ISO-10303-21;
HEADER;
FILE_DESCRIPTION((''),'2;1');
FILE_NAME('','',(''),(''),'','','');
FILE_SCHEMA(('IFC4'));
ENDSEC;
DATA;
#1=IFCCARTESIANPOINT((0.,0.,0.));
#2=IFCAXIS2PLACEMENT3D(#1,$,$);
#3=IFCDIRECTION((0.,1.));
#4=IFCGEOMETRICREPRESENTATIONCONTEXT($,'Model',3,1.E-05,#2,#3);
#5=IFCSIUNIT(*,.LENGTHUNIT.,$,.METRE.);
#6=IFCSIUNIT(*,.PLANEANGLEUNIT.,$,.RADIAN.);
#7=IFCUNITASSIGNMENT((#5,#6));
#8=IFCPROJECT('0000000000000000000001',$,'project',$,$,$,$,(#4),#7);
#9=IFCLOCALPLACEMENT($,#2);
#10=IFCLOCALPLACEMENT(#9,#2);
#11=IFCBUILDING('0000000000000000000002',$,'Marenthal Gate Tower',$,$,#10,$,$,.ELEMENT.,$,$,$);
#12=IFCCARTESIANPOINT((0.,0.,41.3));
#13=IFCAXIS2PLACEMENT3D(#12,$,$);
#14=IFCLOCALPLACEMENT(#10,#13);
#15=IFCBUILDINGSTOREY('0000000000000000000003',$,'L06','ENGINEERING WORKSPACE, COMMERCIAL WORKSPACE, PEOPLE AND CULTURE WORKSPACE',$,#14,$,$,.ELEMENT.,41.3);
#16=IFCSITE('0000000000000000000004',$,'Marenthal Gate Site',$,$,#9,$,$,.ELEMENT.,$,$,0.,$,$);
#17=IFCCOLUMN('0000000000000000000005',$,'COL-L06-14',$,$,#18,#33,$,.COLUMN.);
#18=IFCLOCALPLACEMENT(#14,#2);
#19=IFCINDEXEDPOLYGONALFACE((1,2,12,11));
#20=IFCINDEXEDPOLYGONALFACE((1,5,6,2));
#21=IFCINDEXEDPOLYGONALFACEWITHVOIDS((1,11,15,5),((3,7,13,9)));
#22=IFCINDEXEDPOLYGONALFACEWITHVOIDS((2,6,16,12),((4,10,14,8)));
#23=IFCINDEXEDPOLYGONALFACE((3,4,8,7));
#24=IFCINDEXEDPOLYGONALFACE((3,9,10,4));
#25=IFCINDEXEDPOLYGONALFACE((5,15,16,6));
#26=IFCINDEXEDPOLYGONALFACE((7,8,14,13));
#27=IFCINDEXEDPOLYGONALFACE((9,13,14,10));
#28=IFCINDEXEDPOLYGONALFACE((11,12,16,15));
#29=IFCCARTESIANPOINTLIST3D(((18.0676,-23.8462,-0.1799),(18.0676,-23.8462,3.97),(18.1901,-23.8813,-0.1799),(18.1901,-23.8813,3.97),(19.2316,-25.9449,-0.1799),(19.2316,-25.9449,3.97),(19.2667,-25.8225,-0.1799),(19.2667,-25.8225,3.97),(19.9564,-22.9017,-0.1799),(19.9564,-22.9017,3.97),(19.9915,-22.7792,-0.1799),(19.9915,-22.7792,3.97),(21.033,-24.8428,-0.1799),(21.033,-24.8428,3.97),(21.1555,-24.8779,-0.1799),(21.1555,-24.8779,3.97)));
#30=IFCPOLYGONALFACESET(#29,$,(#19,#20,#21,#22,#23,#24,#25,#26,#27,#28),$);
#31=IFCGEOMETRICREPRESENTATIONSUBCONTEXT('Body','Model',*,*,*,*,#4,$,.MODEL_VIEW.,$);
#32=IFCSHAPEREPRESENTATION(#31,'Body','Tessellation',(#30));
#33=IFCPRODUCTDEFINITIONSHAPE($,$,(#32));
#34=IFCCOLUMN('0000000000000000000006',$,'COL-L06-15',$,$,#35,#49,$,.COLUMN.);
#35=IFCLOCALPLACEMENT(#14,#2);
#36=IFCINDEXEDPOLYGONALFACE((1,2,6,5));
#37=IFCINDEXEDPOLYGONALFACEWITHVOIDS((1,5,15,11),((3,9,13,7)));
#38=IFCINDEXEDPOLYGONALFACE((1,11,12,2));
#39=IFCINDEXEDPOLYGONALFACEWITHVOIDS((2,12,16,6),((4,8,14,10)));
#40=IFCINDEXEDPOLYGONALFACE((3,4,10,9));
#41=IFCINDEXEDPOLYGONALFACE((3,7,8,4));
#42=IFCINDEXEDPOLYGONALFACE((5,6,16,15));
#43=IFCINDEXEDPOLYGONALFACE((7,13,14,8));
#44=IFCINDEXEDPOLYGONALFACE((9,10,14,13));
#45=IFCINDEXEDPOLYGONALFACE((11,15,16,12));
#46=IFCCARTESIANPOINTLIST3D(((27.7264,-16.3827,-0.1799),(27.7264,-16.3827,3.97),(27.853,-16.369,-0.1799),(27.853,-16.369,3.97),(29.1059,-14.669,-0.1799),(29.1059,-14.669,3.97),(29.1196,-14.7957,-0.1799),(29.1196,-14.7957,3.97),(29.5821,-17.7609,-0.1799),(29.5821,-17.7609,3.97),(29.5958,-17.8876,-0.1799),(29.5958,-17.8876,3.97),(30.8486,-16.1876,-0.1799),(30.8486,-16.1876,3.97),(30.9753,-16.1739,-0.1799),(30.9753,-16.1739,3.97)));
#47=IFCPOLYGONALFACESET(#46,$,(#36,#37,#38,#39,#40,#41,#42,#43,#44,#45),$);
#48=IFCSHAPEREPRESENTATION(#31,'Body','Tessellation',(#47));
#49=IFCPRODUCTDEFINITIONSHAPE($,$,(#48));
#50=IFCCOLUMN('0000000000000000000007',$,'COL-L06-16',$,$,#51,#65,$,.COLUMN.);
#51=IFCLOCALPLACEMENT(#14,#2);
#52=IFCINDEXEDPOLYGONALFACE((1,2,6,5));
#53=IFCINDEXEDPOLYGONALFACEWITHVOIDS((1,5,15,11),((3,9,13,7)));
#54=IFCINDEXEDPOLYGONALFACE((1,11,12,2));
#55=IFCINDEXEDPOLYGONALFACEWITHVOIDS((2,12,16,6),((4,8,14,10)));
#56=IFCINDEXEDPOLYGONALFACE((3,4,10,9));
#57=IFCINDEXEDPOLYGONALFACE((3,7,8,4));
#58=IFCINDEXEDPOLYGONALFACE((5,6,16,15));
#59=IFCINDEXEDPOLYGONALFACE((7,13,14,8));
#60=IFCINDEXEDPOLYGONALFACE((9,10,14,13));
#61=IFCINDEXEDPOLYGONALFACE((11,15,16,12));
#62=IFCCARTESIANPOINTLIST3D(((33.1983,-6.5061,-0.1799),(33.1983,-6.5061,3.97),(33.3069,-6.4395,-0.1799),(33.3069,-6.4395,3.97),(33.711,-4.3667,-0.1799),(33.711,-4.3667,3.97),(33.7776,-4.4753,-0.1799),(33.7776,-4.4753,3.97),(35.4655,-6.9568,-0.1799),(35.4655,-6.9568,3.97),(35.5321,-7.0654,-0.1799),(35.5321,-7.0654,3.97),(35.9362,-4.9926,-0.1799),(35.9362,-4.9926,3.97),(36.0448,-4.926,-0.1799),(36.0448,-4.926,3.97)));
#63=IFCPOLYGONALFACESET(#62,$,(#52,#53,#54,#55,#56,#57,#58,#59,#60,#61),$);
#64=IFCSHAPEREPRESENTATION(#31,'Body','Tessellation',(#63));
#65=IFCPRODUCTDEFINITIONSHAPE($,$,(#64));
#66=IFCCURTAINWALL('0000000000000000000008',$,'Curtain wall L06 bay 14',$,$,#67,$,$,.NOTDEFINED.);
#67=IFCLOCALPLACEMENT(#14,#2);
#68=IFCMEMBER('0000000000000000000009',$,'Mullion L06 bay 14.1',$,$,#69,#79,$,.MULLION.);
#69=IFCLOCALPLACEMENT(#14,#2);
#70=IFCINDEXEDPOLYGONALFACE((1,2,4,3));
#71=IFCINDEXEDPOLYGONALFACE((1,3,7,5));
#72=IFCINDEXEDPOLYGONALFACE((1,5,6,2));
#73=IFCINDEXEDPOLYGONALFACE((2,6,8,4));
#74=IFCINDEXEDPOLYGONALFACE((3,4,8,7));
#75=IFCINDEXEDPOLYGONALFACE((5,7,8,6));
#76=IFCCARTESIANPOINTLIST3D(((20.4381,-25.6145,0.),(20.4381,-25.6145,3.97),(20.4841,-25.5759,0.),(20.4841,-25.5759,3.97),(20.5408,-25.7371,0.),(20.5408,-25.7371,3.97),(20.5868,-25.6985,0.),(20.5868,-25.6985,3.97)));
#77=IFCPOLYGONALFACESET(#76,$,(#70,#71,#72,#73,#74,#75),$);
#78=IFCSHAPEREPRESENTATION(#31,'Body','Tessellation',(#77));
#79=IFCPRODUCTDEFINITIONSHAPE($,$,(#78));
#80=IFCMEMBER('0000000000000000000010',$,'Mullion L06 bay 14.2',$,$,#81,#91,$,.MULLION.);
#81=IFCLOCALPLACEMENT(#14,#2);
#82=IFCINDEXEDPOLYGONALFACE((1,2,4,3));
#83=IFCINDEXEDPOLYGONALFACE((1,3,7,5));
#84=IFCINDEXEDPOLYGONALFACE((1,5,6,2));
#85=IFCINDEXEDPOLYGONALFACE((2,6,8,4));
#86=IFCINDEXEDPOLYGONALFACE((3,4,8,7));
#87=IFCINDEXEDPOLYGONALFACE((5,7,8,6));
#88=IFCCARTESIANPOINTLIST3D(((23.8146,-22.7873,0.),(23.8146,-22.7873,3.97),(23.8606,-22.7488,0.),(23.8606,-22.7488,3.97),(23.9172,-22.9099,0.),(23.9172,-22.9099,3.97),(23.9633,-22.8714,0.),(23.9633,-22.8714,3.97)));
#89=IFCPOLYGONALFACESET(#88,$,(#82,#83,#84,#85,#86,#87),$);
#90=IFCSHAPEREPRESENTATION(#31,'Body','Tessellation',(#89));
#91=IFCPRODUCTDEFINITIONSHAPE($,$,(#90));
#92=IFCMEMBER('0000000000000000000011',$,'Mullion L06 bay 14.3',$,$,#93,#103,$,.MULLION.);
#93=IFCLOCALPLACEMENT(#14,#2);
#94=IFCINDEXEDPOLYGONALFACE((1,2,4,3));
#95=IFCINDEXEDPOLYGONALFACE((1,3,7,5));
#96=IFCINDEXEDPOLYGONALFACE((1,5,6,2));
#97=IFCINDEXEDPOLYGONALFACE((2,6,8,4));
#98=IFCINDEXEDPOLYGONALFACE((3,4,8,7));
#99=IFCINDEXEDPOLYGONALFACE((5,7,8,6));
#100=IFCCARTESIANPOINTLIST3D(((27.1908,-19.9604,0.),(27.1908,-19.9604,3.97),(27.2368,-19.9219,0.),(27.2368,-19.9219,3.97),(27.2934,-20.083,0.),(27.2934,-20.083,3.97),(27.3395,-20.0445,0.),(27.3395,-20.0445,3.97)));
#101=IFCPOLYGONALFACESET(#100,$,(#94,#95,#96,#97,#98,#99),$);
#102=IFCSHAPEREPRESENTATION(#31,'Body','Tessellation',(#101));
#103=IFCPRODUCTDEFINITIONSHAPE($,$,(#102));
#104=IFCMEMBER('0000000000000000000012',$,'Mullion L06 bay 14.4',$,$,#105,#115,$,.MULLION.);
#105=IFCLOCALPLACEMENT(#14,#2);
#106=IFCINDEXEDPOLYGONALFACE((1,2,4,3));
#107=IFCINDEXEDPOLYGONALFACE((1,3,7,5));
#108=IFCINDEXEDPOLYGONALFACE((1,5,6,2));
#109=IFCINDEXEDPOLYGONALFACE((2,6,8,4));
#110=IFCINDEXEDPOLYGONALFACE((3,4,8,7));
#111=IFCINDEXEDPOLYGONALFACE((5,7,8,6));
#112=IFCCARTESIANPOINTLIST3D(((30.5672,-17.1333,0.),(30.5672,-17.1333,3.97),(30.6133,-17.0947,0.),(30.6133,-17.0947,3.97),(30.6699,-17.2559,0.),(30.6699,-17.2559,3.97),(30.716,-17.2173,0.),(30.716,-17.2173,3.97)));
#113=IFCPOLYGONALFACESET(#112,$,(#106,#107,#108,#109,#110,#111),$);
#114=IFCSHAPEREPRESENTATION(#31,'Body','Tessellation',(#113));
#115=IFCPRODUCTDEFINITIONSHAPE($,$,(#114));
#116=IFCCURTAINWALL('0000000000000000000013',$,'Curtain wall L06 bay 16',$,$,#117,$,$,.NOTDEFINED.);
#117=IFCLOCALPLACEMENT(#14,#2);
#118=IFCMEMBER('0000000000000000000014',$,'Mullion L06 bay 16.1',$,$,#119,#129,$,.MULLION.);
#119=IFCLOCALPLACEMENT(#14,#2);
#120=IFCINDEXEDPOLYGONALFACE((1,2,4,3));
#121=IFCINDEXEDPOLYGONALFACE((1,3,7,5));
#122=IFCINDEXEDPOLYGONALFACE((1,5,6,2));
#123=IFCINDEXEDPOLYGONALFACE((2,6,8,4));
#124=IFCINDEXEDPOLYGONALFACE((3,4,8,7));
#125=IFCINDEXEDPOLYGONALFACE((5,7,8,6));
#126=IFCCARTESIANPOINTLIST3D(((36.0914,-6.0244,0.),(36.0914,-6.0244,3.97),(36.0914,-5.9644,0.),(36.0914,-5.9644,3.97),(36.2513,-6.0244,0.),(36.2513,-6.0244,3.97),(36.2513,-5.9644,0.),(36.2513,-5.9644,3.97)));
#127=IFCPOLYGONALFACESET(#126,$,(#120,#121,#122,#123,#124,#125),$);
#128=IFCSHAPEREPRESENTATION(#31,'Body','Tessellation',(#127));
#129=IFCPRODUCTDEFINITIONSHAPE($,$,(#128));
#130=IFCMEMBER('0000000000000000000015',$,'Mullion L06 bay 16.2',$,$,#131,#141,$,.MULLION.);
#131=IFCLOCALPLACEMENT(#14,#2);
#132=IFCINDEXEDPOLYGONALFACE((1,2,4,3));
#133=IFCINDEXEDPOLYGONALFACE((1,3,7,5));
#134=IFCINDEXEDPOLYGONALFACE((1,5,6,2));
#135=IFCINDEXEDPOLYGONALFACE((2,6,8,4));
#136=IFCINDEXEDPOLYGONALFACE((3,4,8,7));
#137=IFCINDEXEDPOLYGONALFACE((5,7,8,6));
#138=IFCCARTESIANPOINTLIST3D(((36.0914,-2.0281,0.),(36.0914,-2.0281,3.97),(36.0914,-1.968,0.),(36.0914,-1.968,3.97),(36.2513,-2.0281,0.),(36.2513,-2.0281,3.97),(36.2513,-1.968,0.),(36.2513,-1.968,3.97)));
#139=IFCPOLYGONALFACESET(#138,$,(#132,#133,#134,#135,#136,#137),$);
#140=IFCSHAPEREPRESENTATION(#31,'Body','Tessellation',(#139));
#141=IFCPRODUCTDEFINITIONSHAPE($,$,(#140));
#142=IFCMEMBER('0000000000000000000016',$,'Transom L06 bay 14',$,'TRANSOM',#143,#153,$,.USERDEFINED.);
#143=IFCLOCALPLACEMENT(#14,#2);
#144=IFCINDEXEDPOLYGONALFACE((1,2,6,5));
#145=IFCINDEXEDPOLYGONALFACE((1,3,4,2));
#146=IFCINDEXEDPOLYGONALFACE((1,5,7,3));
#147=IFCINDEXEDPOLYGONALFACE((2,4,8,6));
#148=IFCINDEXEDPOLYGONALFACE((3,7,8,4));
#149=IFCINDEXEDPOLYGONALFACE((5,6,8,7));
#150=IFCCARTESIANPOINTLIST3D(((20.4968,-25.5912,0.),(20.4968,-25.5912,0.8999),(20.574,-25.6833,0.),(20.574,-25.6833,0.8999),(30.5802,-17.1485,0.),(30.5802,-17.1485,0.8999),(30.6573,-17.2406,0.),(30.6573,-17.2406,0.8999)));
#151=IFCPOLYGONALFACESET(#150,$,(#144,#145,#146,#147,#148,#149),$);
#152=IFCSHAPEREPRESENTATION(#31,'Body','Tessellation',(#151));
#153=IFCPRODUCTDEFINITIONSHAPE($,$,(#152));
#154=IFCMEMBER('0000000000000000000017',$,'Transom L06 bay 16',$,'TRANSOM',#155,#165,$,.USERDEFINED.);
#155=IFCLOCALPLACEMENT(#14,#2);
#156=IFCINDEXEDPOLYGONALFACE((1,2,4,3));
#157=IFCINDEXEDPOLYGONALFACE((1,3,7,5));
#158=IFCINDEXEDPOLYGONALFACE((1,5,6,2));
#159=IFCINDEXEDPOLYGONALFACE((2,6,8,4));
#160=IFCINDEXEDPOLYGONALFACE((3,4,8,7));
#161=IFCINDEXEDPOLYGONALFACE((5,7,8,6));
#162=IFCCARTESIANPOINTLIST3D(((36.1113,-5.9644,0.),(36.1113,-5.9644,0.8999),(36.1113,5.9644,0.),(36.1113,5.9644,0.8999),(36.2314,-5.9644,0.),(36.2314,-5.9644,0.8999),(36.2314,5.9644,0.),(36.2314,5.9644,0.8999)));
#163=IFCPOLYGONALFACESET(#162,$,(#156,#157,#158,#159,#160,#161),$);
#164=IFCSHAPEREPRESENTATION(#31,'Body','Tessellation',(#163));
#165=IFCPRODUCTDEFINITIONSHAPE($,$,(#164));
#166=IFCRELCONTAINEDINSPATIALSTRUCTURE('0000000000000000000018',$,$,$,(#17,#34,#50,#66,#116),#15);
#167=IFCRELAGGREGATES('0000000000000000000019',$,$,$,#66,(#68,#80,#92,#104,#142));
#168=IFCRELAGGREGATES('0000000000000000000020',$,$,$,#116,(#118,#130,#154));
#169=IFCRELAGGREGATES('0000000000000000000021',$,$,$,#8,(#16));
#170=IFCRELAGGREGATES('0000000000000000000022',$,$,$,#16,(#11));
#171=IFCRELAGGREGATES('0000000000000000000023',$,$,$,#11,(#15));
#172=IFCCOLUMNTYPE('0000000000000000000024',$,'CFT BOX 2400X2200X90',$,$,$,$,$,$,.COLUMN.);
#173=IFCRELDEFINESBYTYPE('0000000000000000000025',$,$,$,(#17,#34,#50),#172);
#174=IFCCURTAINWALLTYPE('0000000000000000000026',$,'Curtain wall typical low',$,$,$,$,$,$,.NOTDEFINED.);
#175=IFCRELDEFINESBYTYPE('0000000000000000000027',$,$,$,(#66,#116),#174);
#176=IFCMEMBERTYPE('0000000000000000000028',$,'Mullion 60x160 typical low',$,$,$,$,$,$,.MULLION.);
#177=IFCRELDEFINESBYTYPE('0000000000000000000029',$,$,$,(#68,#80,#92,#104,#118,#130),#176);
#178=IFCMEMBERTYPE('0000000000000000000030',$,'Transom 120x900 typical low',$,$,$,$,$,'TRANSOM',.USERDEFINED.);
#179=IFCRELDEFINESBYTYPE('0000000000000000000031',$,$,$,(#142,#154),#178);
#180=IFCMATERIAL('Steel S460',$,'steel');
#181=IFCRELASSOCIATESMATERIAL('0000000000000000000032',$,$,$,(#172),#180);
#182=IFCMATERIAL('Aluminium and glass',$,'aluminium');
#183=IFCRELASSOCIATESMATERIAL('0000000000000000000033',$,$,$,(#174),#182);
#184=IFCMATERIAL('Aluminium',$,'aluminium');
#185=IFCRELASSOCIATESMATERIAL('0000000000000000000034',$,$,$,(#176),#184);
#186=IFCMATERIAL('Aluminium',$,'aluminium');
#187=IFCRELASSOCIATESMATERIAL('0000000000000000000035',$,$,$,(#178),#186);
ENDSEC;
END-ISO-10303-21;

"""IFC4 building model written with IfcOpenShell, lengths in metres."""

from ifc_helpers import new_model, si_unit, direction, frame, origin, origin_2d, place, context, subcontext, project, spatial, rectangle, hollow_rectangle, extrude, material, material_profile, profile_set, type_object, element, aggregate, save


model = new_model("IFC4")

# Units and contexts
model_context = context("Model", 3, precision=1e-05, world=origin(), true_north=direction((0.0, 1.0)))
body_context = subcontext(model_context, "Body", "Model", "MODEL_VIEW")
ifc_project = project(units=[si_unit("LENGTHUNIT", "METRE"), si_unit("PLANEANGLEUNIT", "RADIAN")], contexts=[model_context])

# Site, building, storey
site_placement = place(None, origin())
site = spatial("IfcSite", under=ifc_project, at=site_placement, Name="Marenthal Gate Site", CompositionType="ELEMENT", RefElevation=0.0)
building_placement = place(site_placement, origin())
building = spatial("IfcBuilding", under=site, at=building_placement, Name="Marenthal Gate Tower", CompositionType="ELEMENT")
storey_placement = place(building_placement, frame((0.0, 0.0, 41.3)))
storey = spatial("IfcBuildingStorey", under=building, at=storey_placement, Name="L06", Description="ENGINEERING WORKSPACE, COMMERCIAL WORKSPACE, PEOPLE AND CULTURE WORKSPACE", CompositionType="ELEMENT", Elevation=41.3)

# Columns
ifc_material_1 = material(Name="Steel S460", Category="steel")
ifc_material_profile_1 = material_profile(ifc_material_1, hollow_rectangle(XDim=2.2, YDim=2.3999, WallThickness=0.0901, at=origin_2d()), Name="CFT BOX 2400X2200X90")
ifc_material_2 = material(Name="Concrete 70 MPa", Category="concrete")
ifc_material_profile_2 = material_profile(ifc_material_2, rectangle(XDim=2.02, YDim=2.22, at=origin_2d()), Name="CFT BOX 2400X2200X90 INFILL")
ifc_profile_set_1 = profile_set([ifc_material_profile_1, ifc_material_profile_2], Name="Steel S460 shell, Concrete 70 MPa infill")
column_type = type_object("IfcColumnType", Name="CFT BOX 2400X2200X90", PredefinedType="COLUMN", material=ifc_profile_set_1)
for number, where, z_axis, x_axis, name in (
    (1, (19.6116, -24.3621, -0.1799), (0.0, 0.0, 1.0), (-0.874509, -0.48501, 0.0), "COL-L06-14"),
    (2, (29.3508, -16.2783, -0.1799), (0.0, 0.0, 1.0), (-0.62707, -0.778963, 0.0), "COL-L06-15"),
    (3, (34.6216, -5.7161, -0.1799), (0.0, 0.0, 1.0), (-0.233047, -0.972466, 0.0), "COL-L06-16"),
):
    element("IfcColumn", number, at=place(storey_placement, frame(where, z_axis=z_axis, x_axis=x_axis)), inside=storey, type_object=column_type, Name=name, PredefinedType="COLUMN", context=body_context, shape_type="SweptSolid", body=[
        extrude(hollow_rectangle(XDim=2.2, YDim=2.3999, WallThickness=0.0901, at=origin_2d()), origin(), (0.0, 0.0, 1.0), 4.1499),
    ])

# Curtain walls, members
ifc_material_3 = material(Name="Aluminium and glass", Category="aluminium")
curtain_wall_type = type_object("IfcCurtainWallType", Name="Curtain wall typical low", PredefinedType="NOTDEFINED", material=ifc_material_3)
curtain_wall_1_placement = place(storey_placement, origin())
curtain_wall_1 = element("IfcCurtainWall", 4, at=curtain_wall_1_placement, inside=storey, type_object=curtain_wall_type, Name="Curtain wall L06 bay 14", PredefinedType="NOTDEFINED")
ifc_material_4 = material(Name="Aluminium", Category="aluminium")
ifc_material_profile_3 = material_profile(ifc_material_4, rectangle(XDim=0.1599, YDim=0.0601, at=origin_2d()), Name="60x160 aluminium mullion")
ifc_profile_set_2 = profile_set([ifc_material_profile_3], Name="Aluminium")
member_type_1 = type_object("IfcMemberType", Name="Mullion 60x160 typical low", PredefinedType="MULLION", material=ifc_profile_set_2)
member_1_placement = place(storey_placement, frame((20.5125, -25.6565, 0.0), z_axis=(0.0, 0.0, 1.0), x_axis=(-0.641982, 0.76672, 0.0)))
member_1 = element("IfcMember", 5, at=member_1_placement, type_object=member_type_1, Name="Mullion L06 bay 14.1", PredefinedType="MULLION", context=body_context, shape_type="SweptSolid", body=[
    extrude(rectangle(XDim=0.1599, YDim=0.0601, at=origin_2d()), origin(), (0.0, 0.0, 1.0), 3.97),
])
member_2_placement = place(storey_placement, frame((23.8889, -22.8293, 0.0), z_axis=(0.0, 0.0, 1.0), x_axis=(-0.641982, 0.76672, 0.0)))
member_2 = element("IfcMember", 6, at=member_2_placement, type_object=member_type_1, Name="Mullion L06 bay 14.2", PredefinedType="MULLION", context=body_context, shape_type="SweptSolid", body=[
    extrude(rectangle(XDim=0.1599, YDim=0.0601, at=origin_2d()), origin(), (0.0, 0.0, 1.0), 3.97),
])
member_3_placement = place(storey_placement, frame((27.2651, -20.0024, 0.0), z_axis=(0.0, 0.0, 1.0), x_axis=(-0.641982, 0.76672, 0.0)))
member_3 = element("IfcMember", 7, at=member_3_placement, type_object=member_type_1, Name="Mullion L06 bay 14.3", PredefinedType="MULLION", context=body_context, shape_type="SweptSolid", body=[
    extrude(rectangle(XDim=0.1599, YDim=0.0601, at=origin_2d()), origin(), (0.0, 0.0, 1.0), 3.97),
])
member_4_placement = place(storey_placement, frame((30.6416, -17.1753, 0.0), z_axis=(0.0, 0.0, 1.0), x_axis=(-0.641982, 0.76672, 0.0)))
member_4 = element("IfcMember", 8, at=member_4_placement, type_object=member_type_1, Name="Mullion L06 bay 14.4", PredefinedType="MULLION", context=body_context, shape_type="SweptSolid", body=[
    extrude(rectangle(XDim=0.1599, YDim=0.0601, at=origin_2d()), origin(), (0.0, 0.0, 1.0), 3.97),
])
curtain_wall_2_placement = place(storey_placement, origin())
curtain_wall_2 = element("IfcCurtainWall", 9, at=curtain_wall_2_placement, inside=storey, type_object=curtain_wall_type, Name="Curtain wall L06 bay 16", PredefinedType="NOTDEFINED")
member_5_placement = place(storey_placement, frame((36.1714, -5.9944, 0.0), z_axis=(0.0, 0.0, 1.0), x_axis=(-1.0, 0.0, 0.0)))
member_5 = element("IfcMember", 10, at=member_5_placement, type_object=member_type_1, Name="Mullion L06 bay 16.1", PredefinedType="MULLION", context=body_context, shape_type="SweptSolid", body=[
    extrude(rectangle(XDim=0.1599, YDim=0.0601, at=origin_2d()), origin(), (0.0, 0.0, 1.0), 3.97),
])
member_6_placement = place(storey_placement, frame((36.1714, -1.998, 0.0), z_axis=(0.0, 0.0, 1.0), x_axis=(-1.0, 0.0, 0.0)))
member_6 = element("IfcMember", 11, at=member_6_placement, type_object=member_type_1, Name="Mullion L06 bay 16.2", PredefinedType="MULLION", context=body_context, shape_type="SweptSolid", body=[
    extrude(rectangle(XDim=0.1599, YDim=0.0601, at=origin_2d()), origin(), (0.0, 0.0, 1.0), 3.97),
])

# Members
ifc_material_5 = material(Name="Aluminium", Category="aluminium")
ifc_material_profile_4 = material_profile(ifc_material_5, rectangle(XDim=0.1201, YDim=0.8999, at=origin_2d()), Name="120x900 aluminium transom")
ifc_profile_set_3 = profile_set([ifc_material_profile_4], Name="Aluminium")
member_type_2 = type_object("IfcMemberType", Name="Transom 120x900 typical low", ElementType="TRANSOM", PredefinedType="USERDEFINED", material=ifc_profile_set_3)
member_7_placement = place(storey_placement, frame((20.5354, -25.6372, 0.45), z_axis=(0.766726, 0.641974, 0.0), x_axis=(-0.641974, 0.766726, 0.0)))
member_7 = element("IfcMember", 12, at=member_7_placement, type_object=member_type_2, Name="Transom L06 bay 14", ObjectType="TRANSOM", PredefinedType="USERDEFINED", context=body_context, shape_type="SweptSolid", body=[
    extrude(rectangle(XDim=0.1201, YDim=0.8999, at=origin_2d()), origin(), (0.0, 0.0, 1.0), 13.1511),
])
member_8_placement = place(storey_placement, frame((36.1714, -5.9644, 0.45), z_axis=(0.0, 1.0, 0.0), x_axis=(-1.0, 0.0, 0.0)))
member_8 = element("IfcMember", 13, at=member_8_placement, type_object=member_type_2, Name="Transom L06 bay 16", ObjectType="TRANSOM", PredefinedType="USERDEFINED", context=body_context, shape_type="SweptSolid", body=[
    extrude(rectangle(XDim=0.1201, YDim=0.8999, at=origin_2d()), origin(), (0.0, 0.0, 1.0), 11.9287),
])

aggregate(curtain_wall_1, [member_1, member_2, member_3, member_4, member_7])
aggregate(curtain_wall_2, [member_5, member_6, member_8])

save(model, "model.ifc")
